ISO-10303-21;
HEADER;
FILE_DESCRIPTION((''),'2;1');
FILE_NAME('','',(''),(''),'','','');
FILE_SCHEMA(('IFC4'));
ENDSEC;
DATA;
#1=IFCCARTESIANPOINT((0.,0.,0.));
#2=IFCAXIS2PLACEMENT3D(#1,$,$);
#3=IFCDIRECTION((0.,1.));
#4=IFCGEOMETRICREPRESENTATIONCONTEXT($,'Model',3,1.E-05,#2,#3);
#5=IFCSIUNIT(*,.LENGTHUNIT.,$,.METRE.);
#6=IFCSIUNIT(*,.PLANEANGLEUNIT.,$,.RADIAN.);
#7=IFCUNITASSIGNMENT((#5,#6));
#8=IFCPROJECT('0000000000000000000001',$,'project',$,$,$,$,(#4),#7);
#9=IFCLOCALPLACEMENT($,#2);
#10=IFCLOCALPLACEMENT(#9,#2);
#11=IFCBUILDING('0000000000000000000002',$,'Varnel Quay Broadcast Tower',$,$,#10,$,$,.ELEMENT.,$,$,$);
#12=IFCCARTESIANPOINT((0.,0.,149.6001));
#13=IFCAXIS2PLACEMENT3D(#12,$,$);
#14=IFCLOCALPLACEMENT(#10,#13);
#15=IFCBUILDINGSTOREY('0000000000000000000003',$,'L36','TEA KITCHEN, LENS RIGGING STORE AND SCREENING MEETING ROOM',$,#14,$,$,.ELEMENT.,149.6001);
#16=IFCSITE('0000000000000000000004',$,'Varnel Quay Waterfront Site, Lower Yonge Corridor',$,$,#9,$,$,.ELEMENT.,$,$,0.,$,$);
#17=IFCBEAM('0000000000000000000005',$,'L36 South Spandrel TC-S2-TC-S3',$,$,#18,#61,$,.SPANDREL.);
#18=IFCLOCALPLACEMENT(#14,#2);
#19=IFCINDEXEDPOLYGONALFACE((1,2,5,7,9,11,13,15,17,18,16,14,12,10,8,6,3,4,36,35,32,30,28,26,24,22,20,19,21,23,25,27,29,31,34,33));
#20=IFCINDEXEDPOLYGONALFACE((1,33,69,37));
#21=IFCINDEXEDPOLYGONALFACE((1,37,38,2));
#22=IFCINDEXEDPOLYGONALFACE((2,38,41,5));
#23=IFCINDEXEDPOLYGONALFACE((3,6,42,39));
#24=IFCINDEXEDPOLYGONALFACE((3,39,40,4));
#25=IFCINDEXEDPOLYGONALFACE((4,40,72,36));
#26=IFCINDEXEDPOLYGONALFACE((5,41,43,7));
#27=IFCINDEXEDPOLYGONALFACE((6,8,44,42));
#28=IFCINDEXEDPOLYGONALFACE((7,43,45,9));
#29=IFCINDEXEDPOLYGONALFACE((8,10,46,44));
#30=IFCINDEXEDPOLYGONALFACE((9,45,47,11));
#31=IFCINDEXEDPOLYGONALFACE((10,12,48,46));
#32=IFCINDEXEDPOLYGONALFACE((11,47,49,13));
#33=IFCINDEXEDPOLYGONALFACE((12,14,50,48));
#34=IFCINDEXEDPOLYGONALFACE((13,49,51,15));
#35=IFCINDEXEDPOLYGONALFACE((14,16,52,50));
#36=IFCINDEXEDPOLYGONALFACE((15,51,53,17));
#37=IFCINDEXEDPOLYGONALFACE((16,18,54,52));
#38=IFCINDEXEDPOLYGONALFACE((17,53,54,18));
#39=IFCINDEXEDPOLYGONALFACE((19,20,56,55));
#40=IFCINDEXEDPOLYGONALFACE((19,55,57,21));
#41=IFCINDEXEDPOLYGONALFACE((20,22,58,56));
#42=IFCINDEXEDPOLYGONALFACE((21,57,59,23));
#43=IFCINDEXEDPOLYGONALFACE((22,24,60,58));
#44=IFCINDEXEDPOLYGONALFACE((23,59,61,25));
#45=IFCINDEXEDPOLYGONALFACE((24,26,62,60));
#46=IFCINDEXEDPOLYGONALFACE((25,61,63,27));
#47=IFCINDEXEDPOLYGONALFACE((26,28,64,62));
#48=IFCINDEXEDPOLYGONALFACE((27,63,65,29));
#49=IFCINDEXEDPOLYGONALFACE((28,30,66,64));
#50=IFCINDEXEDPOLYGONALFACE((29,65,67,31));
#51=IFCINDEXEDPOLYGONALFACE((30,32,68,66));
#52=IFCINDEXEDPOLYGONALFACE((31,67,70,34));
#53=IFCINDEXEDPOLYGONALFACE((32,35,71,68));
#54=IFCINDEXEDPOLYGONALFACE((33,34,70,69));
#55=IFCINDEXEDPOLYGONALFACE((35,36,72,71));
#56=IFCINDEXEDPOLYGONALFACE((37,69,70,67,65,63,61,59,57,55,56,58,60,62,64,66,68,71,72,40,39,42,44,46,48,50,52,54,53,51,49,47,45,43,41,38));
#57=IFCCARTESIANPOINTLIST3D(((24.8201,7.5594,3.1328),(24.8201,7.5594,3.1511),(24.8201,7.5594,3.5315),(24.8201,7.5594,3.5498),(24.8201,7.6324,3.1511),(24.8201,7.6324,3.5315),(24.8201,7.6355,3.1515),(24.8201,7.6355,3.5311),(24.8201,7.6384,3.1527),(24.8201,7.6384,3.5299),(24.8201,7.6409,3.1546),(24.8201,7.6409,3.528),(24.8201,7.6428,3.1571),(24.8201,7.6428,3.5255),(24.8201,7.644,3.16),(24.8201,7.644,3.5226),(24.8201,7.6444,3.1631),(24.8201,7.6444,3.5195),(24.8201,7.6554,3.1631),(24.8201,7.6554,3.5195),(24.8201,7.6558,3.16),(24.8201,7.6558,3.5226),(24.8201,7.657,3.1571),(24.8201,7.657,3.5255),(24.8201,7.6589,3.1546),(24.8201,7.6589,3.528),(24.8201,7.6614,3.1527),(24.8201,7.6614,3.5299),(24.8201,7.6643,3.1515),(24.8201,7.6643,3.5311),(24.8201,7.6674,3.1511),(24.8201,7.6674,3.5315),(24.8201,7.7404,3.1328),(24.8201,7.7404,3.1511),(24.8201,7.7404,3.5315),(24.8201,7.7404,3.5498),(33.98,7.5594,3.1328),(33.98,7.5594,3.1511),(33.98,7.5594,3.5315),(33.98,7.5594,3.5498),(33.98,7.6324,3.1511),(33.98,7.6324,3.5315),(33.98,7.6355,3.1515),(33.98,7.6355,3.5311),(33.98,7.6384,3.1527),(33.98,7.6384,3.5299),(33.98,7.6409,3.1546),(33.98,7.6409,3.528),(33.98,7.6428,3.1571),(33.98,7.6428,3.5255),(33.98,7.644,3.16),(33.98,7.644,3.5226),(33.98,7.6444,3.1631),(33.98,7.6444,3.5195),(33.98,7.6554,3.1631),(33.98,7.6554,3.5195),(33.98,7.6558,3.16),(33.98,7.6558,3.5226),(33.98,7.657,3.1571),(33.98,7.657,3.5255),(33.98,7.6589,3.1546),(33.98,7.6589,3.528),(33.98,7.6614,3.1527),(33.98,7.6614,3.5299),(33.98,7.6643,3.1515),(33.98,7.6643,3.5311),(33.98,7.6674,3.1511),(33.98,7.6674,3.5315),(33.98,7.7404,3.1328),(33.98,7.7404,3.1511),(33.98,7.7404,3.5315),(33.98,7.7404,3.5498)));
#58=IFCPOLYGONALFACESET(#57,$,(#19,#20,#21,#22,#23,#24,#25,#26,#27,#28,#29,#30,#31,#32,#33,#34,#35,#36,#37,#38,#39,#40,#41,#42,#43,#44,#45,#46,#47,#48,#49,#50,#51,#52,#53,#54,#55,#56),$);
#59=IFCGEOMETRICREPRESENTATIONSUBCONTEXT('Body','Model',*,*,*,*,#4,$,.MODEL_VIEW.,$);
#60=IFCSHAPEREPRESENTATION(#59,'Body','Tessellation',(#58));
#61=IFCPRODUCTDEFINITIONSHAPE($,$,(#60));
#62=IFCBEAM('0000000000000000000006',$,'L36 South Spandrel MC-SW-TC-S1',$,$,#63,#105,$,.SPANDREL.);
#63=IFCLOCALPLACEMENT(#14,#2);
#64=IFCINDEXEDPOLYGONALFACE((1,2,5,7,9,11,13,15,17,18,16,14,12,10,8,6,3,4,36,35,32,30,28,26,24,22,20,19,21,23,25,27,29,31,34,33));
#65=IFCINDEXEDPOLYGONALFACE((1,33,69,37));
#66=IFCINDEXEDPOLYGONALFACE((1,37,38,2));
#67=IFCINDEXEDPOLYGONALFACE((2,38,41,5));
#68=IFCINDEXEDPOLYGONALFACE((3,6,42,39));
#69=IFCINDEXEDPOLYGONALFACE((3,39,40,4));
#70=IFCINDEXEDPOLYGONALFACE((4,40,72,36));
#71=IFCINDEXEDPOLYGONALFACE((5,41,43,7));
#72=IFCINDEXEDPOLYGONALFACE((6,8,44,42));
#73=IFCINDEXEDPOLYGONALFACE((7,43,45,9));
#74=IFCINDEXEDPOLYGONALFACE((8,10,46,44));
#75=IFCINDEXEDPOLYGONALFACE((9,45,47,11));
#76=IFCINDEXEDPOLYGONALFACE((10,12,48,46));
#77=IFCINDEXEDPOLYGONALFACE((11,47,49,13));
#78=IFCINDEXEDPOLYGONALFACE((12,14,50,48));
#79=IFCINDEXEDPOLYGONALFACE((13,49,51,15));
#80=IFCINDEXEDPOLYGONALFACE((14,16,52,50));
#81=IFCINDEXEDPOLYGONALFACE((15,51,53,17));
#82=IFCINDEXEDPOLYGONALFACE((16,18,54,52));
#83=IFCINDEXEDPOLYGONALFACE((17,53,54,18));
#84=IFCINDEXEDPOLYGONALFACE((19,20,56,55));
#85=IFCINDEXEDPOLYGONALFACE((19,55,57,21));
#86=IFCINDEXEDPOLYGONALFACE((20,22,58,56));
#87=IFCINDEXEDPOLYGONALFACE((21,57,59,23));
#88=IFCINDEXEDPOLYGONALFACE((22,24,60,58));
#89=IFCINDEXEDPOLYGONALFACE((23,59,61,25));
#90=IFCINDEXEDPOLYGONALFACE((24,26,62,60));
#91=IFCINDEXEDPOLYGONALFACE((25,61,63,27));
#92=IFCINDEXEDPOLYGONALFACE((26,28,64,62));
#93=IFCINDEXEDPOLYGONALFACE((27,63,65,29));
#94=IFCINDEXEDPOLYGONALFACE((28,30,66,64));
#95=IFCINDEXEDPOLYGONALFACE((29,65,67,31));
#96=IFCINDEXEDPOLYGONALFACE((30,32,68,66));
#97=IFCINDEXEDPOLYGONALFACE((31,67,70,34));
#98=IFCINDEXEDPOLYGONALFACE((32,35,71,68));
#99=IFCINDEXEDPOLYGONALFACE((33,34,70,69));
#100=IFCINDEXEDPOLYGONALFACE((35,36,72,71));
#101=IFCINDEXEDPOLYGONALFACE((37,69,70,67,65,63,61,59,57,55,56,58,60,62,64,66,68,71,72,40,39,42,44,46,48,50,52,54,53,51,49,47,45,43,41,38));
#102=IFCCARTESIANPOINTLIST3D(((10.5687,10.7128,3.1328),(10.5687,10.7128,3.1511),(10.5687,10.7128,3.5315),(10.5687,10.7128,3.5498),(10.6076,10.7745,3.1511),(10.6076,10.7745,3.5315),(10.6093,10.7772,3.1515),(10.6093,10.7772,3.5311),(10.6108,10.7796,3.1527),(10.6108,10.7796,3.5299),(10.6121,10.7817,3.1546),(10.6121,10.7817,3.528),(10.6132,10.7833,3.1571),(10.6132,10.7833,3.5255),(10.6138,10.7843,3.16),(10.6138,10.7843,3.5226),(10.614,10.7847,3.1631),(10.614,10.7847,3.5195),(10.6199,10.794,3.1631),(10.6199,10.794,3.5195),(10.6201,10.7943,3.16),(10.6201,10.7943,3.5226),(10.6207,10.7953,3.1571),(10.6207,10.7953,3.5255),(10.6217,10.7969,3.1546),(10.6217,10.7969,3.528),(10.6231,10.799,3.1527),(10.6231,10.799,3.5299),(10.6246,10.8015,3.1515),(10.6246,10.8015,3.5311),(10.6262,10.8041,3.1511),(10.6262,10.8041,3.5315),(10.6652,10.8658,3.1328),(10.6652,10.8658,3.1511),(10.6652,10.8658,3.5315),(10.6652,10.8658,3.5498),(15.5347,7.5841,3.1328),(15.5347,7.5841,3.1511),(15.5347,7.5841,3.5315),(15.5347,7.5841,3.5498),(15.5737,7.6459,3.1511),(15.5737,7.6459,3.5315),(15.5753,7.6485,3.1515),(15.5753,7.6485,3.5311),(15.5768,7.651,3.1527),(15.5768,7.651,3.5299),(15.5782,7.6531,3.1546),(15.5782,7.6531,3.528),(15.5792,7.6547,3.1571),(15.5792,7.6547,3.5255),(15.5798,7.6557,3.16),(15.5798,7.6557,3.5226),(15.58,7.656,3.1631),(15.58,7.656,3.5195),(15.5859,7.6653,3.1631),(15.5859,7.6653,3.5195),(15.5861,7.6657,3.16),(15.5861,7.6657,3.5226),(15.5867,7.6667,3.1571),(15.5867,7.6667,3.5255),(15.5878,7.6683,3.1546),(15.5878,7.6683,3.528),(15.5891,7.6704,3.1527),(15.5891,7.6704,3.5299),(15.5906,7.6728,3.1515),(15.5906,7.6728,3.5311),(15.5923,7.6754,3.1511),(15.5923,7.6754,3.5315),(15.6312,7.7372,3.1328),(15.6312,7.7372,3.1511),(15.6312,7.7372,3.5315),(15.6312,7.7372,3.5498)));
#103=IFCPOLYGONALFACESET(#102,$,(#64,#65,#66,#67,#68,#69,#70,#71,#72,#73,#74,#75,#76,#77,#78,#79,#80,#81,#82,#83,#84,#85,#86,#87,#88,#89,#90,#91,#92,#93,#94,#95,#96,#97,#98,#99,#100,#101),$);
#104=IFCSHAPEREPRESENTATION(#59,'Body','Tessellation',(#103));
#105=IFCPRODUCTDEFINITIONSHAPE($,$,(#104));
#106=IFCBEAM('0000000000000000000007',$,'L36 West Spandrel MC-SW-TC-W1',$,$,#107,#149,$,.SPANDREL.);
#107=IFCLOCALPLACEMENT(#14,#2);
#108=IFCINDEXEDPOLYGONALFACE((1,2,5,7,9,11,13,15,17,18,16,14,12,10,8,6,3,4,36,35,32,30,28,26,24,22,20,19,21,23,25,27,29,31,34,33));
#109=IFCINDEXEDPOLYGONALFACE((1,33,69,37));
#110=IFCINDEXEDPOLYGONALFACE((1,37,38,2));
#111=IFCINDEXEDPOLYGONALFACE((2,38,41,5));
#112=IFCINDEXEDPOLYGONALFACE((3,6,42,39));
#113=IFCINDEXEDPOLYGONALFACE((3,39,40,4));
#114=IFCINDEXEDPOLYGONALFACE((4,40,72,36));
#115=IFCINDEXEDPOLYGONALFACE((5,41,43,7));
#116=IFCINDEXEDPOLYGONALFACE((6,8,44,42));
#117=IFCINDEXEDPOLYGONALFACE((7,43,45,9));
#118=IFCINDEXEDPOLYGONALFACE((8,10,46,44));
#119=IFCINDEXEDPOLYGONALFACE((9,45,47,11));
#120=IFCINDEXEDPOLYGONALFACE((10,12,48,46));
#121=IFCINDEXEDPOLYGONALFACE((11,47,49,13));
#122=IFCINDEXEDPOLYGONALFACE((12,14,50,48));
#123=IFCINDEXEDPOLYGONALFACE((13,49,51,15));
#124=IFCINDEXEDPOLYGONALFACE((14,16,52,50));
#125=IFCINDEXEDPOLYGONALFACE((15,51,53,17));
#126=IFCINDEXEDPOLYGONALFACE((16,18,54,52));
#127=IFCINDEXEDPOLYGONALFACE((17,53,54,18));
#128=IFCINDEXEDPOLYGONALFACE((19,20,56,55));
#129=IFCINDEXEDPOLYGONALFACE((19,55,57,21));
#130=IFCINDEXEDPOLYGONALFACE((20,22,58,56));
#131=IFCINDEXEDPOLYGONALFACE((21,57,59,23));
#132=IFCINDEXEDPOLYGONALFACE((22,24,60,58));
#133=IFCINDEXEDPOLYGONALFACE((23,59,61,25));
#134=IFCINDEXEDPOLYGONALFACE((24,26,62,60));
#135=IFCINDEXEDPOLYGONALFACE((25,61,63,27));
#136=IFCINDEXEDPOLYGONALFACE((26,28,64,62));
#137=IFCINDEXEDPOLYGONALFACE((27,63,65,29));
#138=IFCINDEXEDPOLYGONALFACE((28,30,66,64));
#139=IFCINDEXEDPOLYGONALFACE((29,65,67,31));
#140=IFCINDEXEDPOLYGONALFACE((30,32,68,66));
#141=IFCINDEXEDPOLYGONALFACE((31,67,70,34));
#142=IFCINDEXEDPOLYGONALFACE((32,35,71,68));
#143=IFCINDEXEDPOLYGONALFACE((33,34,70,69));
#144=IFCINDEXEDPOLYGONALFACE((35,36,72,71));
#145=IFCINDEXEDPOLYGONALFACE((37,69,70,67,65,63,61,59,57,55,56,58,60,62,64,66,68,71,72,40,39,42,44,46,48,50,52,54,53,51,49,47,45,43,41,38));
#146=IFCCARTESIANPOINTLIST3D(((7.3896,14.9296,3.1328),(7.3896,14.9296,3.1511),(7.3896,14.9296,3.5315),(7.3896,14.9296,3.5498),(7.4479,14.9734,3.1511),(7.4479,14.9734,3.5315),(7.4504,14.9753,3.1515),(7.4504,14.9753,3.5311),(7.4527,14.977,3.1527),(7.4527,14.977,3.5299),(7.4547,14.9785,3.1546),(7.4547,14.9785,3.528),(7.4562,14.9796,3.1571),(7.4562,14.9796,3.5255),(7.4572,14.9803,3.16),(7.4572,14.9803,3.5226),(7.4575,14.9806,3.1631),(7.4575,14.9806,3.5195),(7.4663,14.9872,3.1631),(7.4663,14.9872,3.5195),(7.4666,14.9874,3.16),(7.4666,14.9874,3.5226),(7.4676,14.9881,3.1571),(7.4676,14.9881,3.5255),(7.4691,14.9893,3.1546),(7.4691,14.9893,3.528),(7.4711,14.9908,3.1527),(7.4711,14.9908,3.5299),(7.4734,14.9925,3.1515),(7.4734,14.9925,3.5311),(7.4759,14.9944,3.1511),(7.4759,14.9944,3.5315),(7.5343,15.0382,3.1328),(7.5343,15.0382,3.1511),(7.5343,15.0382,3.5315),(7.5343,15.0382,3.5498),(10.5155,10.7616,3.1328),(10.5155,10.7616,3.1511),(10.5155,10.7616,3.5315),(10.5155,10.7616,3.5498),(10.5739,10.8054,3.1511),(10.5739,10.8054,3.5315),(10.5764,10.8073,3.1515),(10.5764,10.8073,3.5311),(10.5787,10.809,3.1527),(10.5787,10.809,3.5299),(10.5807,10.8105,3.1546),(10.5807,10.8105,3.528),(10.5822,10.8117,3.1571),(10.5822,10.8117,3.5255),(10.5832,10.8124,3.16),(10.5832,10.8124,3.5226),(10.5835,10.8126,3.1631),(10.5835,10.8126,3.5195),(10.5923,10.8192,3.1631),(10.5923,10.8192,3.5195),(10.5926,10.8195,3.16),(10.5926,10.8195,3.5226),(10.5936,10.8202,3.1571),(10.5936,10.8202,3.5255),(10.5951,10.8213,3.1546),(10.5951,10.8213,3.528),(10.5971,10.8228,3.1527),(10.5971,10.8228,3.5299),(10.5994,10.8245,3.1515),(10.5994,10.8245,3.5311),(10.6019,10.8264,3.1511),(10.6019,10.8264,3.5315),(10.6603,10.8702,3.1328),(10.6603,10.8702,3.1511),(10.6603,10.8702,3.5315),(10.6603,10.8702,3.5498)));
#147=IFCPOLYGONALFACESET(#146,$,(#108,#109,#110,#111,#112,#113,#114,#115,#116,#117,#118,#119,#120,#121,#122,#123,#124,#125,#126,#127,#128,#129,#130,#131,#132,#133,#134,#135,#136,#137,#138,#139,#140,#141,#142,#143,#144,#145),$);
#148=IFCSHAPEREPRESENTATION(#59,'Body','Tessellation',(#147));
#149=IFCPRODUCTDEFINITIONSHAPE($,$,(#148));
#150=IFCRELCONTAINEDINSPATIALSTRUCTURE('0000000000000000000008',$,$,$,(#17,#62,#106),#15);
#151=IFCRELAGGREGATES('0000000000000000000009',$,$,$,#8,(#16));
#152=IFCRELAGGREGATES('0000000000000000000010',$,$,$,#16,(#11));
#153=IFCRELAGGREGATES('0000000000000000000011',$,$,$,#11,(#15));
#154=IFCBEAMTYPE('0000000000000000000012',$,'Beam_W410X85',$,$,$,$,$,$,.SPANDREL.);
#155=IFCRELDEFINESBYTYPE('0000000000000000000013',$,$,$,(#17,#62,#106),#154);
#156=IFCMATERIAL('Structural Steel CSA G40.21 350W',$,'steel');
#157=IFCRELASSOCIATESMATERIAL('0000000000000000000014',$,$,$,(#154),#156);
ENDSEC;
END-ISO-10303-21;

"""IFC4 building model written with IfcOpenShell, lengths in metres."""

from ifc_helpers import new_model, si_unit, direction, frame, origin, origin_2d, place, context, subcontext, project, spatial, i_section, extrude, source, transform, mapped, material, material_profile, profile_set, type_object, type_shapes, element, save


model = new_model("IFC4")

# Units and contexts
model_context = context("Model", 3, precision=1e-05, world=origin(), true_north=direction((0.0, 1.0)))
body_context = subcontext(model_context, "Body", "Model", "MODEL_VIEW")
ifc_project = project(units=[si_unit("LENGTHUNIT", "METRE"), si_unit("PLANEANGLEUNIT", "RADIAN")], contexts=[model_context])

# Site, building, storey
site_placement = place(None, origin())
site = spatial("IfcSite", under=ifc_project, at=site_placement, Name="Varnel Quay Waterfront Site, Lower Yonge Corridor", CompositionType="ELEMENT", RefElevation=0.0)
building_placement = place(site_placement, origin())
building = spatial("IfcBuilding", under=site, at=building_placement, Name="Varnel Quay Broadcast Tower", CompositionType="ELEMENT")
storey_placement = place(building_placement, frame((0.0, 0.0, 149.6001)))
storey = spatial("IfcBuildingStorey", under=building, at=storey_placement, Name="L36", Description="TEA KITCHEN, LENS RIGGING STORE AND SCREENING MEETING ROOM", CompositionType="ELEMENT", Elevation=149.6001)

# Shared definitions
ifc_material_1 = material(Name="Structural Steel CSA G40.21 350W", Category="steel")

# Beams
ifc_material_profile_1 = material_profile(ifc_material_1, i_section(OverallWidth=0.1809, OverallDepth=0.417, WebThickness=0.011, FlangeThickness=0.0183, FilletRadius=0.012, at=origin_2d()), Name="W410X85")
ifc_profile_set_1 = profile_set([ifc_material_profile_1], Name="Structural Steel CSA G40.21 350W")
beam_type_1 = type_object("IfcBeamType", Name="Beam_W410X85", PredefinedType="SPANDREL", material=ifc_profile_set_1)
shared_shape_1 = source(origin(), body_context, "Body", "SweptSolid", [
    extrude(i_section(OverallWidth=0.1809, OverallDepth=0.417, WebThickness=0.011, FlangeThickness=0.0183, FilletRadius=0.012, at=origin_2d()), origin(), (0.0, 0.0, 1.0), 9.1599),
])
for number, where, z_axis, x_axis, name in (
    (1, (24.8201, 7.6499, 3.3413), (1.0, 0.0, 0.0), (0.0, 1.0, 0.0), "L36 South Spandrel TC-S2-TC-S3"),
):
    element("IfcBeam", number, at=place(storey_placement, frame(where, z_axis=z_axis, x_axis=x_axis)), inside=storey, type_object=beam_type_1, Name=name, PredefinedType="SPANDREL", context=body_context, shape_type="MappedRepresentation", body=[
        mapped(shared_shape_1, transform((0.0, 0.0, 0.0), x_axis=(1.0, 0.0, 0.0), y_axis=(0.0, 1.0, 0.0), z_axis=(0.0, 0.0, 1.0), scale=1.0)),
    ])
shared_shape_2 = source(origin(), body_context, "Body", "SweptSolid", [
    extrude(i_section(OverallWidth=0.1809, OverallDepth=0.417, WebThickness=0.011, FlangeThickness=0.0183, FilletRadius=0.012, at=origin_2d()), origin(), (0.0, 0.0, 1.0), 5.8694),
])
beam_1_placement = place(storey_placement, frame((10.6169, 10.7893, 3.3413), z_axis=(0.846088, -0.533043, 0.0), x_axis=(0.533043, 0.846088, 0.0)))
element("IfcBeam", 2, at=beam_1_placement, inside=storey, type_object=beam_type_1, Name="L36 South Spandrel MC-SW-TC-S1", PredefinedType="SPANDREL", context=body_context, shape_type="MappedRepresentation", body=[
    mapped(shared_shape_2, transform((0.0, 0.0, 0.0), x_axis=(1.0, 0.0, 0.0), y_axis=(0.0, 1.0, 0.0), z_axis=(0.0, 0.0, 1.0), scale=1.0)),
])
shared_shape_3 = source(origin(), body_context, "Body", "SweptSolid", [
    extrude(i_section(OverallWidth=0.1809, OverallDepth=0.417, WebThickness=0.011, FlangeThickness=0.0183, FilletRadius=0.012, at=origin_2d()), origin(), (0.0, 0.0, 1.0), 5.21),
])
type_shapes(beam_type_1, [shared_shape_1, shared_shape_2, shared_shape_3])
beam_2_placement = place(storey_placement, frame((10.5879, 10.8159, 3.3413), z_axis=(-0.6, 0.8, 0.0), x_axis=(-0.8, -0.6, 0.0)))
element("IfcBeam", 3, at=beam_2_placement, inside=storey, type_object=beam_type_1, Name="L36 West Spandrel MC-SW-TC-W1", PredefinedType="SPANDREL", context=body_context, shape_type="MappedRepresentation", body=[
    mapped(shared_shape_3, transform((0.0, 0.0, 0.0), x_axis=(1.0, 0.0, 0.0), y_axis=(0.0, 1.0, 0.0), z_axis=(0.0, 0.0, 1.0), scale=1.0)),
])

save(model, "model.ifc")
